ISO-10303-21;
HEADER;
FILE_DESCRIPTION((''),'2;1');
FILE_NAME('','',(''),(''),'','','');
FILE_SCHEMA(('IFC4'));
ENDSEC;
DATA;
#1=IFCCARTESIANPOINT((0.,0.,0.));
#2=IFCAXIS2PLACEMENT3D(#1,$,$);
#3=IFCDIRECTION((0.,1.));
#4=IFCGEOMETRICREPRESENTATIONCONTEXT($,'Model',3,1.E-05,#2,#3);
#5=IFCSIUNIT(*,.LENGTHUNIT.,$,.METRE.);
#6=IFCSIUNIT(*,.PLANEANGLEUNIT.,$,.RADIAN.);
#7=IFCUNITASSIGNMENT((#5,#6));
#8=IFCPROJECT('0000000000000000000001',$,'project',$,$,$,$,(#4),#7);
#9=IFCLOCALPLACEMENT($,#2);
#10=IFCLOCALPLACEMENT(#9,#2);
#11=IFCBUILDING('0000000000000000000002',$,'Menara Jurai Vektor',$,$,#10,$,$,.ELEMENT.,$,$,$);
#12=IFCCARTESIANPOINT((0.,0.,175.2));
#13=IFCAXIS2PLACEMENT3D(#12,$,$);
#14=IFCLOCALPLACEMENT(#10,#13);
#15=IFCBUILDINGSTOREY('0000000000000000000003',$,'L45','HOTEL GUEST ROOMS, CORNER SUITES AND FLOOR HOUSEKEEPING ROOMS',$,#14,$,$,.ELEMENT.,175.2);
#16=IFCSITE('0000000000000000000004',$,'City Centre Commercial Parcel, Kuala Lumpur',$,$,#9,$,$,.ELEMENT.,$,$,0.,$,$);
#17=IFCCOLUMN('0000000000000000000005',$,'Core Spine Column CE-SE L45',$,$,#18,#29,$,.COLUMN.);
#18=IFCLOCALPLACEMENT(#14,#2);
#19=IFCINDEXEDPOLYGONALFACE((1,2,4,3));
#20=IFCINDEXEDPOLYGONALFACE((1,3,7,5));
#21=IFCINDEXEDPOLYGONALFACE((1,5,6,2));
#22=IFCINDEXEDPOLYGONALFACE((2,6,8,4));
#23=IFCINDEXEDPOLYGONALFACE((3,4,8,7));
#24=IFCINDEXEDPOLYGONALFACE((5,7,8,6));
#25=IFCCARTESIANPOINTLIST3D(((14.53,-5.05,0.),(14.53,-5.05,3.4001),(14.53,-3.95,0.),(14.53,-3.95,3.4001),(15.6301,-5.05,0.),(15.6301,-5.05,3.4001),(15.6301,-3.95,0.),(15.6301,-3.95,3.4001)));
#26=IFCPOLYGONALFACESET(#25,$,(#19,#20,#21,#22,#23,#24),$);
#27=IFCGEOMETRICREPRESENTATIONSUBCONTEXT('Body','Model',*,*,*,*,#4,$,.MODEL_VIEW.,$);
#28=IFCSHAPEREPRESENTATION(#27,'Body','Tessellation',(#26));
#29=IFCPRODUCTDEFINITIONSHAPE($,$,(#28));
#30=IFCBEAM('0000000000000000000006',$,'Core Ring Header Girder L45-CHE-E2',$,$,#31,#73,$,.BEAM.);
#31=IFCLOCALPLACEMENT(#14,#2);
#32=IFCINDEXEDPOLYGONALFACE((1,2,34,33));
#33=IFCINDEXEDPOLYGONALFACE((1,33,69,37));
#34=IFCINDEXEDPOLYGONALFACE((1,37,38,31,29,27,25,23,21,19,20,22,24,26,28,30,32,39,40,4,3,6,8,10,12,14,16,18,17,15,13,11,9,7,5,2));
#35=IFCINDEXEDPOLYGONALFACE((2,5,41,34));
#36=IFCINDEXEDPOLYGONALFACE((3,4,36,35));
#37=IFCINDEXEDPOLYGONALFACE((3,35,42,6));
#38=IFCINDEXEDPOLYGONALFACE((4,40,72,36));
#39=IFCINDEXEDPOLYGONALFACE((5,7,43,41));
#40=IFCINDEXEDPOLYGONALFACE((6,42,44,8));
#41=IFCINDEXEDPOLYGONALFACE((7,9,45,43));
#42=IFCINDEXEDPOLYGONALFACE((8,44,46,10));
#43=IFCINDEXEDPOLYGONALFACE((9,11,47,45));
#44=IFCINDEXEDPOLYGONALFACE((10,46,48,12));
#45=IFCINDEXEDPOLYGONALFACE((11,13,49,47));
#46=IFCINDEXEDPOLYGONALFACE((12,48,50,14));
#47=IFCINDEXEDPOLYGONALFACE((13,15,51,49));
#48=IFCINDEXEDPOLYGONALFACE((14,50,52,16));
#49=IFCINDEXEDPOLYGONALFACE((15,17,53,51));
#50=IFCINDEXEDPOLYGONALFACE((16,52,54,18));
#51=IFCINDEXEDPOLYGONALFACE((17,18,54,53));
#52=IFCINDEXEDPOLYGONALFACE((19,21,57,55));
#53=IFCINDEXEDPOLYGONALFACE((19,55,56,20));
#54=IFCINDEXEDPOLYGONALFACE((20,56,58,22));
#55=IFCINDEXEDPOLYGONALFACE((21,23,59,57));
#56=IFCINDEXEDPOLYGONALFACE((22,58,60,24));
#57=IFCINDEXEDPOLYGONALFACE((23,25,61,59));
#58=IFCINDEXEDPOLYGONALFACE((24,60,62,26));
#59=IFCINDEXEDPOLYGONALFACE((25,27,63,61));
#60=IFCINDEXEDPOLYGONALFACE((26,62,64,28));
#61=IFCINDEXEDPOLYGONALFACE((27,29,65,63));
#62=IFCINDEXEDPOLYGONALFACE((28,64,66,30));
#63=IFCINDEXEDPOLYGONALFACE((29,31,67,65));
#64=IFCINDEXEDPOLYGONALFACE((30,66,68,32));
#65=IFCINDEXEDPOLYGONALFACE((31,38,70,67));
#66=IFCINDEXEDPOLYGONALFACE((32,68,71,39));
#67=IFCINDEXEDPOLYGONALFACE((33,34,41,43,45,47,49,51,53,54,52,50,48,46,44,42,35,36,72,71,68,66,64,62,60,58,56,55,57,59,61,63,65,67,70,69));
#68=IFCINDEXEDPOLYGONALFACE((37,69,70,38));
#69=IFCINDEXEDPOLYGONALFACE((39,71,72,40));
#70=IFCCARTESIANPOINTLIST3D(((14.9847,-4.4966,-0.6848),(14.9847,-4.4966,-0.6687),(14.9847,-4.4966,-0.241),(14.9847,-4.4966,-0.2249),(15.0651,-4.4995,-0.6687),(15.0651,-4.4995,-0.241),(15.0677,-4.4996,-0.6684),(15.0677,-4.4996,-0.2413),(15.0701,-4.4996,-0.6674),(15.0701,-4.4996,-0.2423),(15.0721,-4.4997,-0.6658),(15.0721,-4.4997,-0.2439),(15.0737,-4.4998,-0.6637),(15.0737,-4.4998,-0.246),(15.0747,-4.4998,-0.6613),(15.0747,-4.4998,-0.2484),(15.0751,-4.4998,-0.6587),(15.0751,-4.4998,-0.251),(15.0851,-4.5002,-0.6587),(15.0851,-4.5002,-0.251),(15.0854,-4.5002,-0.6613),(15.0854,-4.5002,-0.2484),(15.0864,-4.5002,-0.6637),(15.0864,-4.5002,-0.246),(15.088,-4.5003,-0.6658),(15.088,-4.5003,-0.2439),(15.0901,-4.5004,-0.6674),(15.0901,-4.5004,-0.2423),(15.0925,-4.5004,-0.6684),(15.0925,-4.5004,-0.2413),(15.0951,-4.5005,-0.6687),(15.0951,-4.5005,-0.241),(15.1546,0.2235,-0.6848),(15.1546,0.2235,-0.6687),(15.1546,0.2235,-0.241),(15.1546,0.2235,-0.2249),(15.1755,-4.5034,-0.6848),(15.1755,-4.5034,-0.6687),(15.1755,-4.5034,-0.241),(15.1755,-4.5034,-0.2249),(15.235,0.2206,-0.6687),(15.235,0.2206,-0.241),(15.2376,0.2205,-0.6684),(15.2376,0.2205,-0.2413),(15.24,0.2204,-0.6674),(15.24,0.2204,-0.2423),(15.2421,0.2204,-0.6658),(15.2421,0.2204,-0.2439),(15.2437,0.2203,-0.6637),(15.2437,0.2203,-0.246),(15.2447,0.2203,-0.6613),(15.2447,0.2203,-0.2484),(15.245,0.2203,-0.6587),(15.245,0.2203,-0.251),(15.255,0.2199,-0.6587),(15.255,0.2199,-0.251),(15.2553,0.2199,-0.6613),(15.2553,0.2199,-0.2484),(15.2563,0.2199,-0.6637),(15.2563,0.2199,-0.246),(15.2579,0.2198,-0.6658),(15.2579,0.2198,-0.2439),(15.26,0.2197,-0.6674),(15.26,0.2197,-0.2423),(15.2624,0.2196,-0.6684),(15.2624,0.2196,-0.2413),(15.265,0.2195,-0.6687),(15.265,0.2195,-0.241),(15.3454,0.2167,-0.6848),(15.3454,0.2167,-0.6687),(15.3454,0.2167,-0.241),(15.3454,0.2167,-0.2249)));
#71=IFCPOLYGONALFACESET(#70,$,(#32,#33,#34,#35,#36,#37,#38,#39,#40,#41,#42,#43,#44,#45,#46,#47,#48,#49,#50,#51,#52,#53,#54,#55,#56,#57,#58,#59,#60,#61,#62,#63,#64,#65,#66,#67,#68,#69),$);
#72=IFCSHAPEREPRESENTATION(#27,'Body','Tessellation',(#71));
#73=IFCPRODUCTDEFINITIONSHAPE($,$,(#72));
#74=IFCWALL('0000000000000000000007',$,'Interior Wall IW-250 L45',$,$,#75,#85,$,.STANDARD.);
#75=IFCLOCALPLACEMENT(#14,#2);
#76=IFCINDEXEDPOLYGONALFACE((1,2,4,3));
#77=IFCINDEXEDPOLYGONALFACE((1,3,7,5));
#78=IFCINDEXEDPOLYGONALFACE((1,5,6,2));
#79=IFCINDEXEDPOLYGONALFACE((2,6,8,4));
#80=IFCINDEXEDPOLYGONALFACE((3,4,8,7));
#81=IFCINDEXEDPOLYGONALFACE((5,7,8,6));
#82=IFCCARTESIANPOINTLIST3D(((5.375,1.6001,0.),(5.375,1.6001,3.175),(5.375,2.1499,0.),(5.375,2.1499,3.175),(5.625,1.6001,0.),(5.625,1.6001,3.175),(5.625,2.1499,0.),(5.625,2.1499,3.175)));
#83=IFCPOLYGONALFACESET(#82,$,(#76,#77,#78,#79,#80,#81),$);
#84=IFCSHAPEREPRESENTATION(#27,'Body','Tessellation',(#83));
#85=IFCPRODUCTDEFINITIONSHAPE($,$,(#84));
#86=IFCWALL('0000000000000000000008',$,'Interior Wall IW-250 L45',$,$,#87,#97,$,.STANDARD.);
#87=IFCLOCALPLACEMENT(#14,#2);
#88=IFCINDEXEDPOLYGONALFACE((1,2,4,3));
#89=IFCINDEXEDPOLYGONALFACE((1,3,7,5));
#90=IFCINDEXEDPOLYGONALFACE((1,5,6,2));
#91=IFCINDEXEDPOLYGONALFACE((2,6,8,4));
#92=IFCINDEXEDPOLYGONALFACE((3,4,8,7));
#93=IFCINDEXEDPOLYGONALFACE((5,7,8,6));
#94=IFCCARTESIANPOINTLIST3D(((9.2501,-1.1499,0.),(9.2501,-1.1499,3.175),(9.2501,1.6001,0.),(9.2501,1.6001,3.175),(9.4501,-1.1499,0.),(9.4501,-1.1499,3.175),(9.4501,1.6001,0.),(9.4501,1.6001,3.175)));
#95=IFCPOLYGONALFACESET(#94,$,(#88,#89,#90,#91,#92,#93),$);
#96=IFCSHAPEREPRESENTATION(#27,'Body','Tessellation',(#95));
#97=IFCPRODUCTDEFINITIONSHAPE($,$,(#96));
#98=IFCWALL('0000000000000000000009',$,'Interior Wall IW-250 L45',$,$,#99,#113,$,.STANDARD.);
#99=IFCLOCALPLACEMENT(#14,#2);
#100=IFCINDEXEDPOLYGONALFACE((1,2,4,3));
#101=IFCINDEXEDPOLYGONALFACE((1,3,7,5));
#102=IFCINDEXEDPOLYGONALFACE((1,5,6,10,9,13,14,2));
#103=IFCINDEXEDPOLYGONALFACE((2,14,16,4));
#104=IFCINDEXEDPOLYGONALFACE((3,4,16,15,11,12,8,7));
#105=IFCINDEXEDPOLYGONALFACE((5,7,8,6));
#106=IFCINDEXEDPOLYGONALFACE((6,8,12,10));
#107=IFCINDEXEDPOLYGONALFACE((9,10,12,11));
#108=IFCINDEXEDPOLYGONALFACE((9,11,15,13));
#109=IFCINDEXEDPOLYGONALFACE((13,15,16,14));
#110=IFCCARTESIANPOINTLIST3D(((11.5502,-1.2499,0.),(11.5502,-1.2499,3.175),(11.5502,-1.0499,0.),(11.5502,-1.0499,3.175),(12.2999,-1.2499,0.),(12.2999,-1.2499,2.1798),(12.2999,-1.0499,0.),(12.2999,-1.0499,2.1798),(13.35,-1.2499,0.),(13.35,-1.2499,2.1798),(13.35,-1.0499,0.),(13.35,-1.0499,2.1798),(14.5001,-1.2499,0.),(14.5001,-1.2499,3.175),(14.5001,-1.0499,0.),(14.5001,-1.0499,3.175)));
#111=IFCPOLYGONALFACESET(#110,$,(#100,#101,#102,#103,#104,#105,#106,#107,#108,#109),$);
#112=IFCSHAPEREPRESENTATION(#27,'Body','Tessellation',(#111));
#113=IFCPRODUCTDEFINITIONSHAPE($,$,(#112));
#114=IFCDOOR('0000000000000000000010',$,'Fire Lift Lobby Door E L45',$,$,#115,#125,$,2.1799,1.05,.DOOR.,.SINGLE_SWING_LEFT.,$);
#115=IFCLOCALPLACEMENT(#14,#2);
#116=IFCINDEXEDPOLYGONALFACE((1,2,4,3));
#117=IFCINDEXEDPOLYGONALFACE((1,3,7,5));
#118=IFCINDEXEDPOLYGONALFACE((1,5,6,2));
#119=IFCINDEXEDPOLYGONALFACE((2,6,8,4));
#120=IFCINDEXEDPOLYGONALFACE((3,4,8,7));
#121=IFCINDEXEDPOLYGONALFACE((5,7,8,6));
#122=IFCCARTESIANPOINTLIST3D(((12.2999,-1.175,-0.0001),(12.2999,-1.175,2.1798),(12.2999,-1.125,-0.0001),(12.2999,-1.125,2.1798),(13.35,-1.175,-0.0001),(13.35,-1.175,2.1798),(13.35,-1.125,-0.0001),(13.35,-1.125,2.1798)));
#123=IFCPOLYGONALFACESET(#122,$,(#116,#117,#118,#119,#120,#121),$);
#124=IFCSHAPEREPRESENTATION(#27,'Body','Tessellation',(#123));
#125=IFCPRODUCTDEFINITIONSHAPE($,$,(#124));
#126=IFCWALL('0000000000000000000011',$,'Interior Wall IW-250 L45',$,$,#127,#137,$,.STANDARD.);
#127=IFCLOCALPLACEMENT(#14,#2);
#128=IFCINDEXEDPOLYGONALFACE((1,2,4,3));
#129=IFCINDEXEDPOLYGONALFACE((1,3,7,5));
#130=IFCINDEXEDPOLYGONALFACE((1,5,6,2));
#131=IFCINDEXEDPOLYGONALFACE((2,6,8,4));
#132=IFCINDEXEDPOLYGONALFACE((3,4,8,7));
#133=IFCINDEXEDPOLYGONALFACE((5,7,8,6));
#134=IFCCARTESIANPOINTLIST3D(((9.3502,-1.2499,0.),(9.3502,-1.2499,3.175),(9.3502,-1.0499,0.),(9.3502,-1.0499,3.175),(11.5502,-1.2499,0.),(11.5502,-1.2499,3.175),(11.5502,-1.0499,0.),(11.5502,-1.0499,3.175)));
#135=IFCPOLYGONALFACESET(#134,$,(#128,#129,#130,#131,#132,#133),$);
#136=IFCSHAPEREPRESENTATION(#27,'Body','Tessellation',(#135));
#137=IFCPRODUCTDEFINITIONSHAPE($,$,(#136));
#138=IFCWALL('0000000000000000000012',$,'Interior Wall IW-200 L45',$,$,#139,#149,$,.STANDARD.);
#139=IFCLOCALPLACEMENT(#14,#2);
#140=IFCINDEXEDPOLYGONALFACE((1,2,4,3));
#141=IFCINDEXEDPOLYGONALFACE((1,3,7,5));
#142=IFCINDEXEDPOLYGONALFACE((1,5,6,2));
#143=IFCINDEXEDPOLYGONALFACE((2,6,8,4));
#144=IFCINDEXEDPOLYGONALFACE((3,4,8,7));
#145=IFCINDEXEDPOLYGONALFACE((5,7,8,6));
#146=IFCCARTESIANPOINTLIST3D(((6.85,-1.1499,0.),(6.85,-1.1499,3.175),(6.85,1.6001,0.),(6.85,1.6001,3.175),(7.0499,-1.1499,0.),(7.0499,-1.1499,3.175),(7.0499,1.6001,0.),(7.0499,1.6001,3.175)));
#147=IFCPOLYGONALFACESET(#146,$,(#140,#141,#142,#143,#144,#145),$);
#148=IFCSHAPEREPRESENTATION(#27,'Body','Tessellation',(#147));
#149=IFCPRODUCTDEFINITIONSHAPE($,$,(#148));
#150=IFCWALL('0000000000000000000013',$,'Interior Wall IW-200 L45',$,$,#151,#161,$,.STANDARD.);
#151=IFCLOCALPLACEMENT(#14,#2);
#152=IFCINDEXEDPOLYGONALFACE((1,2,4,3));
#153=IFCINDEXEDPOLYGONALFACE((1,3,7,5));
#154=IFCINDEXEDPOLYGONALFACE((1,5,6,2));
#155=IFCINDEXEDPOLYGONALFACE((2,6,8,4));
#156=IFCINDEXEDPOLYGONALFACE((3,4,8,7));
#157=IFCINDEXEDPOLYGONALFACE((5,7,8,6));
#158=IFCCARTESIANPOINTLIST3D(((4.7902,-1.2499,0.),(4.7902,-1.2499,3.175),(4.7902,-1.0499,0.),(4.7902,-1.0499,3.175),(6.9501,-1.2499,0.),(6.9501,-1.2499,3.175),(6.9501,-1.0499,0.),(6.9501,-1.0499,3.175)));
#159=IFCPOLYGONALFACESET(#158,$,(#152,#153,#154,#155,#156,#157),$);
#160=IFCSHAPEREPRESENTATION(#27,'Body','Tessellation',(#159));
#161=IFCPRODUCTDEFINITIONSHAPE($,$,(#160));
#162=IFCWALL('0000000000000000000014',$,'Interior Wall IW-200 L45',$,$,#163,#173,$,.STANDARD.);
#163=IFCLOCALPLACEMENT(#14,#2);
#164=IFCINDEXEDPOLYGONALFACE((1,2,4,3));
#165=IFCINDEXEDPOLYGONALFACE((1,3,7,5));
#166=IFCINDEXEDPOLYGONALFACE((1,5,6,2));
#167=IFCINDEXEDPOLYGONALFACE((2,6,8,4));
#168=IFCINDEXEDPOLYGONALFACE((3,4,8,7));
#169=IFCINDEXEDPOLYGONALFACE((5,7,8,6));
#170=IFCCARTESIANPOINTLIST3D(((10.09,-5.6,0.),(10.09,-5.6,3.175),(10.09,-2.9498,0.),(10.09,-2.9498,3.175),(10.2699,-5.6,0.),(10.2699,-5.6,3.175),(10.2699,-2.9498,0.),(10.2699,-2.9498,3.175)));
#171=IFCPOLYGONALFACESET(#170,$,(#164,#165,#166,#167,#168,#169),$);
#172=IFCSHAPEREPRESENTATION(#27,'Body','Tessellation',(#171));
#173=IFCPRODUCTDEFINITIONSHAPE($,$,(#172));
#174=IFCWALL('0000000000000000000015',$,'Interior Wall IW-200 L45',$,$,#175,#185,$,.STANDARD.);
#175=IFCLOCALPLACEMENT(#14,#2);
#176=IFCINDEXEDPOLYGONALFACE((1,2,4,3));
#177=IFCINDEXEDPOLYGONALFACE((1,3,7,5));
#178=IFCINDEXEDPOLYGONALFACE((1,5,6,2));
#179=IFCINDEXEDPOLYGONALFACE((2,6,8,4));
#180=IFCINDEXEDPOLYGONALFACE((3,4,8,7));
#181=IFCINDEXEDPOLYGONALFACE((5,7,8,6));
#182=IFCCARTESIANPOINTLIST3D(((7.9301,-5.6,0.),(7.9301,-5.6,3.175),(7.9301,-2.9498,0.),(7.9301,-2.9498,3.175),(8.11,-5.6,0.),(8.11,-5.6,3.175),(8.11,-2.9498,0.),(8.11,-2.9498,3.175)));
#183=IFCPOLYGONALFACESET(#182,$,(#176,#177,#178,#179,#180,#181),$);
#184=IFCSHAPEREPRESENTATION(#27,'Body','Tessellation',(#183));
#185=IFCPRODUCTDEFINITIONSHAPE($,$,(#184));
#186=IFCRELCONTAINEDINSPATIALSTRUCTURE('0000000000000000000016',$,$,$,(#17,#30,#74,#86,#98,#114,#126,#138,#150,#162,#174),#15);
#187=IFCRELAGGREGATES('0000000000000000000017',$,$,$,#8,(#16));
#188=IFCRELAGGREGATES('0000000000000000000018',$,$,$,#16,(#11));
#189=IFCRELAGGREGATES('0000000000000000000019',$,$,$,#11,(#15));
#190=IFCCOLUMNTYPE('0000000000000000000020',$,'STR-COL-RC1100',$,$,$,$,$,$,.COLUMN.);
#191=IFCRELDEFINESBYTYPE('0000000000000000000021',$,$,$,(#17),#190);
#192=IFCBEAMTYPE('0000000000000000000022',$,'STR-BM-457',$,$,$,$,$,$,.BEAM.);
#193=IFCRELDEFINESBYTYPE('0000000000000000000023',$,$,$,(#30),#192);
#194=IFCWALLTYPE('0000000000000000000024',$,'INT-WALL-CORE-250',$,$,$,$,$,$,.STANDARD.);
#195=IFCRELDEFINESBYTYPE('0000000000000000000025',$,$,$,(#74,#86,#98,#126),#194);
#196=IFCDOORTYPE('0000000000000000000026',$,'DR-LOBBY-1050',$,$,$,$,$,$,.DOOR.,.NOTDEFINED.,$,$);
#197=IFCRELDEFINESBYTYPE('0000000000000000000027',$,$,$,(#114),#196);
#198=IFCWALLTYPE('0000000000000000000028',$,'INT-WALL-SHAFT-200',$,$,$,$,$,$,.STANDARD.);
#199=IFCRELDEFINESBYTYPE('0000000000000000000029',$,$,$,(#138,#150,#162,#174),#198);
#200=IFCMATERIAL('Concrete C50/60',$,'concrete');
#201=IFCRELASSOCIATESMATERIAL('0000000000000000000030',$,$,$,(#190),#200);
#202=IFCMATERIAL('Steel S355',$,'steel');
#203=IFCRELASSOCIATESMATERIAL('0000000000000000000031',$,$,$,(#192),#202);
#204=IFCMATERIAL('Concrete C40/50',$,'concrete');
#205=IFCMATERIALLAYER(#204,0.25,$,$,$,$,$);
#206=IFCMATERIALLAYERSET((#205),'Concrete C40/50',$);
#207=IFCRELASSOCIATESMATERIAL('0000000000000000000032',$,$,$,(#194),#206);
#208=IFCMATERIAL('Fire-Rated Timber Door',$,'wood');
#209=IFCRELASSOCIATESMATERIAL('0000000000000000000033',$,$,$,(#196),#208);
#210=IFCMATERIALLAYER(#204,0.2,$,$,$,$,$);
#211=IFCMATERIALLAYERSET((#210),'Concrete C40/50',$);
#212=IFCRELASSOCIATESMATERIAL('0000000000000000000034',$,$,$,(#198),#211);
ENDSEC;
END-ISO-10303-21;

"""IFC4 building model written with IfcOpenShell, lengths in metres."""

from ifc_helpers import new_model, si_unit, direction, frame, frame_2d, origin, origin_2d, place, context, subcontext, project, spatial, rectangle, i_section, extrude, material, layer, layer_set, material_profile, profile_set, type_object, element, fill, save


model = new_model("IFC4")

# Units and contexts
model_context = context("Model", 3, precision=1e-05, world=origin(), true_north=direction((0.0, 1.0)))
body_context = subcontext(model_context, "Body", "Model", "MODEL_VIEW")
ifc_project = project(units=[si_unit("LENGTHUNIT", "METRE"), si_unit("PLANEANGLEUNIT", "RADIAN")], contexts=[model_context])

# Site, building, storey
site_placement = place(None, origin())
site = spatial("IfcSite", under=ifc_project, at=site_placement, Name="City Centre Commercial Parcel, Kuala Lumpur", CompositionType="ELEMENT", RefElevation=0.0)
building_placement = place(site_placement, origin())
building = spatial("IfcBuilding", under=site, at=building_placement, Name="Menara Jurai Vektor", CompositionType="ELEMENT")
storey_placement = place(building_placement, frame((0.0, 0.0, 175.2)))
storey = spatial("IfcBuildingStorey", under=building, at=storey_placement, Name="L45", Description="HOTEL GUEST ROOMS, CORNER SUITES AND FLOOR HOUSEKEEPING ROOMS", CompositionType="ELEMENT", Elevation=175.2)

# Column
ifc_material_1 = material(Name="Concrete C50/60", Category="concrete")
ifc_material_profile_1 = material_profile(ifc_material_1, rectangle(XDim=1.1001, YDim=1.1001, at=origin_2d()), Name="RC 1100x1100")
ifc_profile_set_1 = profile_set([ifc_material_profile_1], Name="Concrete C50/60")
column_type = type_object("IfcColumnType", Name="STR-COL-RC1100", PredefinedType="COLUMN", material=ifc_profile_set_1)
column_placement = place(storey_placement, frame((15.0801, -4.5, 0.0), z_axis=(0.0, 0.0, 1.0), x_axis=(1.0, 0.0, 0.0)))
element("IfcColumn", 1, at=column_placement, inside=storey, type_object=column_type, Name="Core Spine Column CE-SE L45", PredefinedType="COLUMN", context=body_context, shape_type="SweptSolid", body=[
    extrude(rectangle(XDim=1.1001, YDim=1.1001, at=origin_2d()), origin(), (0.0, 0.0, 1.0), 3.4001),
])

# Beam
ifc_material_2 = material(Name="Steel S355", Category="steel")
ifc_material_profile_2 = material_profile(ifc_material_2, i_section(OverallWidth=0.1909, OverallDepth=0.46, WebThickness=0.01, FlangeThickness=0.0161, FilletRadius=0.01, at=origin_2d()), Name="UKB 457x191x82")
ifc_profile_set_2 = profile_set([ifc_material_profile_2], Name="Steel S355")
beam_type = type_object("IfcBeamType", Name="STR-BM-457", PredefinedType="BEAM", material=ifc_profile_set_2)
beam_placement = place(storey_placement, frame((15.0801, -4.5, -0.4548), z_axis=(0.035977, 0.999353, 0.0), x_axis=(-0.999353, 0.035977, 0.0)))
element("IfcBeam", 2, at=beam_placement, inside=storey, type_object=beam_type, Name="Core Ring Header Girder L45-CHE-E2", PredefinedType="BEAM", context=body_context, shape_type="SweptSolid", body=[
    extrude(i_section(OverallWidth=0.1909, OverallDepth=0.46, WebThickness=0.01, FlangeThickness=0.0161, FilletRadius=0.01, at=origin_2d()), origin(), (0.0, 0.0, 1.0), 4.7231),
])

# Wall
ifc_material_3 = material(Name="Concrete C40/50", Category="concrete")
ifc_layer_1 = layer(ifc_material_3, 0.25)
ifc_layer_set_1 = layer_set([ifc_layer_1], Name="Concrete C40/50")
wall_type_1 = type_object("IfcWallType", Name="INT-WALL-CORE-250", PredefinedType="STANDARD", material=ifc_layer_set_1)
wall_1_placement = place(storey_placement, frame((5.5, 1.6001, 0.0), z_axis=(0.0, 0.0, 1.0), x_axis=(0.0, 1.0, 0.0)))
element("IfcWall", 3, at=wall_1_placement, inside=storey, type_object=wall_type_1, Name="Interior Wall IW-250 L45", PredefinedType="STANDARD", context=body_context, shape_type="SweptSolid", body=[
    extrude(rectangle(XDim=0.5498, YDim=0.25, at=frame_2d((0.2749, 0.0))), origin(), (0.0, 0.0, 1.0), 3.175),
])

# Wall
wall_2_placement = place(storey_placement, frame((9.3501, -1.1499, 0.0), z_axis=(0.0, 0.0, 1.0), x_axis=(0.0, 1.0, 0.0)))
element("IfcWall", 4, at=wall_2_placement, inside=storey, type_object=wall_type_1, Name="Interior Wall IW-250 L45", PredefinedType="STANDARD", context=body_context, shape_type="SweptSolid", body=[
    extrude(rectangle(XDim=2.75, YDim=0.2, at=frame_2d((1.375, 0.0))), origin(), (0.0, 0.0, 1.0), 3.175),
])

# Wall, opening, door
wall_3_placement = place(storey_placement, frame((11.55, -1.1499, 0.0), z_axis=(0.0, 0.0, 1.0), x_axis=(1.0, 0.0, 0.0)))
wall_3 = element("IfcWall", 5, at=wall_3_placement, inside=storey, type_object=wall_type_1, Name="Interior Wall IW-250 L45", PredefinedType="STANDARD", context=body_context, shape_type="SweptSolid", body=[
    extrude(rectangle(XDim=2.95, YDim=0.2, at=frame_2d((1.4751, 0.0))), origin(), (0.0, 0.0, 1.0), 3.175),
])
opening_1_placement = place(wall_3_placement, frame((0.75, 0.0, 0.0)))
opening_1 = element("IfcOpeningElement", 6, at=opening_1_placement, cuts=wall_3, PredefinedType="OPENING", context=body_context, shape_type="SweptSolid", body=[
    extrude(rectangle(XDim=1.05, YDim=2.1799, at=frame_2d((0.5249, 1.0898))), frame((0.0, 0.1099, 0.0), z_axis=(0.0, -1.0, 0.0), x_axis=(1.0, 0.0, 0.0)), (0.0, 0.0, 1.0), 0.22),
])
ifc_material_4 = material(Name="Fire-Rated Timber Door", Category="wood")
door_type_1 = type_object("IfcDoorType", Name="DR-LOBBY-1050", OperationType="NOTDEFINED", PredefinedType="DOOR", material=ifc_material_4)
door_1_placement = place(opening_1_placement, origin())
door_1 = element("IfcDoor", 7, at=door_1_placement, inside=storey, type_object=door_type_1, Name="Fire Lift Lobby Door E L45", OperationType="SINGLE_SWING_LEFT", OverallHeight=2.1799, OverallWidth=1.05, PredefinedType="DOOR", context=body_context, shape_type="SweptSolid", body=[
    extrude(rectangle(XDim=1.05, YDim=2.1799, at=frame_2d((0.5249, 1.0898))), frame((0.0, 0.0249, 0.0), z_axis=(0.0, -1.0, 0.0), x_axis=(1.0, 0.0, 0.0)), (0.0, 0.0, 1.0), 0.05),
])
fill(opening_1, door_1)

# Walls
wall_4_placement = place(storey_placement, frame((9.3501, -1.1499, 0.0), z_axis=(0.0, 0.0, 1.0), x_axis=(1.0, 0.0, 0.0)))
element("IfcWall", 8, at=wall_4_placement, inside=storey, type_object=wall_type_1, Name="Interior Wall IW-250 L45", PredefinedType="STANDARD", context=body_context, shape_type="SweptSolid", body=[
    extrude(rectangle(XDim=2.2, YDim=0.2, at=frame_2d((1.1001, 0.0))), origin(), (0.0, 0.0, 1.0), 3.175),
])
ifc_layer_2 = layer(ifc_material_3, 0.2)
ifc_layer_set_2 = layer_set([ifc_layer_2], Name="Concrete C40/50")
wall_type_2 = type_object("IfcWallType", Name="INT-WALL-SHAFT-200", PredefinedType="STANDARD", material=ifc_layer_set_2)
wall_5_placement = place(storey_placement, frame((6.95, -1.1499, 0.0), z_axis=(0.0, 0.0, 1.0), x_axis=(0.0, 1.0, 0.0)))
element("IfcWall", 9, at=wall_5_placement, inside=storey, type_object=wall_type_2, Name="Interior Wall IW-200 L45", PredefinedType="STANDARD", context=body_context, shape_type="SweptSolid", body=[
    extrude(rectangle(XDim=2.75, YDim=0.2, at=frame_2d((1.375, 0.0))), origin(), (0.0, 0.0, 1.0), 3.175),
])

# Walls
wall_6_placement = place(storey_placement, frame((4.79, -1.1499, 0.0), z_axis=(0.0, 0.0, 1.0), x_axis=(1.0, 0.0, 0.0)))
element("IfcWall", 10, at=wall_6_placement, inside=storey, type_object=wall_type_2, Name="Interior Wall IW-200 L45", PredefinedType="STANDARD", context=body_context, shape_type="SweptSolid", body=[
    extrude(rectangle(XDim=2.1599, YDim=0.2, at=frame_2d((1.0801, 0.0))), origin(), (0.0, 0.0, 1.0), 3.175),
])
for number, where, z_axis, x_axis, name in (
    (11, (10.1799, -5.6001, 0.0), (0.0, 0.0, 1.0), (0.0, 1.0, 0.0), "Interior Wall IW-200 L45"),
    (12, (8.02, -5.6001, 0.0), (0.0, 0.0, 1.0), (0.0, 1.0, 0.0), "Interior Wall IW-200 L45"),
):
    element("IfcWall", number, at=place(storey_placement, frame(where, z_axis=z_axis, x_axis=x_axis)), inside=storey, type_object=wall_type_2, Name=name, PredefinedType="STANDARD", context=body_context, shape_type="SweptSolid", body=[
        extrude(rectangle(XDim=2.6501, YDim=0.1799, at=frame_2d((1.3252, 0.0))), origin(), (0.0, 0.0, 1.0), 3.175),
    ])

save(model, "model.ifc")
